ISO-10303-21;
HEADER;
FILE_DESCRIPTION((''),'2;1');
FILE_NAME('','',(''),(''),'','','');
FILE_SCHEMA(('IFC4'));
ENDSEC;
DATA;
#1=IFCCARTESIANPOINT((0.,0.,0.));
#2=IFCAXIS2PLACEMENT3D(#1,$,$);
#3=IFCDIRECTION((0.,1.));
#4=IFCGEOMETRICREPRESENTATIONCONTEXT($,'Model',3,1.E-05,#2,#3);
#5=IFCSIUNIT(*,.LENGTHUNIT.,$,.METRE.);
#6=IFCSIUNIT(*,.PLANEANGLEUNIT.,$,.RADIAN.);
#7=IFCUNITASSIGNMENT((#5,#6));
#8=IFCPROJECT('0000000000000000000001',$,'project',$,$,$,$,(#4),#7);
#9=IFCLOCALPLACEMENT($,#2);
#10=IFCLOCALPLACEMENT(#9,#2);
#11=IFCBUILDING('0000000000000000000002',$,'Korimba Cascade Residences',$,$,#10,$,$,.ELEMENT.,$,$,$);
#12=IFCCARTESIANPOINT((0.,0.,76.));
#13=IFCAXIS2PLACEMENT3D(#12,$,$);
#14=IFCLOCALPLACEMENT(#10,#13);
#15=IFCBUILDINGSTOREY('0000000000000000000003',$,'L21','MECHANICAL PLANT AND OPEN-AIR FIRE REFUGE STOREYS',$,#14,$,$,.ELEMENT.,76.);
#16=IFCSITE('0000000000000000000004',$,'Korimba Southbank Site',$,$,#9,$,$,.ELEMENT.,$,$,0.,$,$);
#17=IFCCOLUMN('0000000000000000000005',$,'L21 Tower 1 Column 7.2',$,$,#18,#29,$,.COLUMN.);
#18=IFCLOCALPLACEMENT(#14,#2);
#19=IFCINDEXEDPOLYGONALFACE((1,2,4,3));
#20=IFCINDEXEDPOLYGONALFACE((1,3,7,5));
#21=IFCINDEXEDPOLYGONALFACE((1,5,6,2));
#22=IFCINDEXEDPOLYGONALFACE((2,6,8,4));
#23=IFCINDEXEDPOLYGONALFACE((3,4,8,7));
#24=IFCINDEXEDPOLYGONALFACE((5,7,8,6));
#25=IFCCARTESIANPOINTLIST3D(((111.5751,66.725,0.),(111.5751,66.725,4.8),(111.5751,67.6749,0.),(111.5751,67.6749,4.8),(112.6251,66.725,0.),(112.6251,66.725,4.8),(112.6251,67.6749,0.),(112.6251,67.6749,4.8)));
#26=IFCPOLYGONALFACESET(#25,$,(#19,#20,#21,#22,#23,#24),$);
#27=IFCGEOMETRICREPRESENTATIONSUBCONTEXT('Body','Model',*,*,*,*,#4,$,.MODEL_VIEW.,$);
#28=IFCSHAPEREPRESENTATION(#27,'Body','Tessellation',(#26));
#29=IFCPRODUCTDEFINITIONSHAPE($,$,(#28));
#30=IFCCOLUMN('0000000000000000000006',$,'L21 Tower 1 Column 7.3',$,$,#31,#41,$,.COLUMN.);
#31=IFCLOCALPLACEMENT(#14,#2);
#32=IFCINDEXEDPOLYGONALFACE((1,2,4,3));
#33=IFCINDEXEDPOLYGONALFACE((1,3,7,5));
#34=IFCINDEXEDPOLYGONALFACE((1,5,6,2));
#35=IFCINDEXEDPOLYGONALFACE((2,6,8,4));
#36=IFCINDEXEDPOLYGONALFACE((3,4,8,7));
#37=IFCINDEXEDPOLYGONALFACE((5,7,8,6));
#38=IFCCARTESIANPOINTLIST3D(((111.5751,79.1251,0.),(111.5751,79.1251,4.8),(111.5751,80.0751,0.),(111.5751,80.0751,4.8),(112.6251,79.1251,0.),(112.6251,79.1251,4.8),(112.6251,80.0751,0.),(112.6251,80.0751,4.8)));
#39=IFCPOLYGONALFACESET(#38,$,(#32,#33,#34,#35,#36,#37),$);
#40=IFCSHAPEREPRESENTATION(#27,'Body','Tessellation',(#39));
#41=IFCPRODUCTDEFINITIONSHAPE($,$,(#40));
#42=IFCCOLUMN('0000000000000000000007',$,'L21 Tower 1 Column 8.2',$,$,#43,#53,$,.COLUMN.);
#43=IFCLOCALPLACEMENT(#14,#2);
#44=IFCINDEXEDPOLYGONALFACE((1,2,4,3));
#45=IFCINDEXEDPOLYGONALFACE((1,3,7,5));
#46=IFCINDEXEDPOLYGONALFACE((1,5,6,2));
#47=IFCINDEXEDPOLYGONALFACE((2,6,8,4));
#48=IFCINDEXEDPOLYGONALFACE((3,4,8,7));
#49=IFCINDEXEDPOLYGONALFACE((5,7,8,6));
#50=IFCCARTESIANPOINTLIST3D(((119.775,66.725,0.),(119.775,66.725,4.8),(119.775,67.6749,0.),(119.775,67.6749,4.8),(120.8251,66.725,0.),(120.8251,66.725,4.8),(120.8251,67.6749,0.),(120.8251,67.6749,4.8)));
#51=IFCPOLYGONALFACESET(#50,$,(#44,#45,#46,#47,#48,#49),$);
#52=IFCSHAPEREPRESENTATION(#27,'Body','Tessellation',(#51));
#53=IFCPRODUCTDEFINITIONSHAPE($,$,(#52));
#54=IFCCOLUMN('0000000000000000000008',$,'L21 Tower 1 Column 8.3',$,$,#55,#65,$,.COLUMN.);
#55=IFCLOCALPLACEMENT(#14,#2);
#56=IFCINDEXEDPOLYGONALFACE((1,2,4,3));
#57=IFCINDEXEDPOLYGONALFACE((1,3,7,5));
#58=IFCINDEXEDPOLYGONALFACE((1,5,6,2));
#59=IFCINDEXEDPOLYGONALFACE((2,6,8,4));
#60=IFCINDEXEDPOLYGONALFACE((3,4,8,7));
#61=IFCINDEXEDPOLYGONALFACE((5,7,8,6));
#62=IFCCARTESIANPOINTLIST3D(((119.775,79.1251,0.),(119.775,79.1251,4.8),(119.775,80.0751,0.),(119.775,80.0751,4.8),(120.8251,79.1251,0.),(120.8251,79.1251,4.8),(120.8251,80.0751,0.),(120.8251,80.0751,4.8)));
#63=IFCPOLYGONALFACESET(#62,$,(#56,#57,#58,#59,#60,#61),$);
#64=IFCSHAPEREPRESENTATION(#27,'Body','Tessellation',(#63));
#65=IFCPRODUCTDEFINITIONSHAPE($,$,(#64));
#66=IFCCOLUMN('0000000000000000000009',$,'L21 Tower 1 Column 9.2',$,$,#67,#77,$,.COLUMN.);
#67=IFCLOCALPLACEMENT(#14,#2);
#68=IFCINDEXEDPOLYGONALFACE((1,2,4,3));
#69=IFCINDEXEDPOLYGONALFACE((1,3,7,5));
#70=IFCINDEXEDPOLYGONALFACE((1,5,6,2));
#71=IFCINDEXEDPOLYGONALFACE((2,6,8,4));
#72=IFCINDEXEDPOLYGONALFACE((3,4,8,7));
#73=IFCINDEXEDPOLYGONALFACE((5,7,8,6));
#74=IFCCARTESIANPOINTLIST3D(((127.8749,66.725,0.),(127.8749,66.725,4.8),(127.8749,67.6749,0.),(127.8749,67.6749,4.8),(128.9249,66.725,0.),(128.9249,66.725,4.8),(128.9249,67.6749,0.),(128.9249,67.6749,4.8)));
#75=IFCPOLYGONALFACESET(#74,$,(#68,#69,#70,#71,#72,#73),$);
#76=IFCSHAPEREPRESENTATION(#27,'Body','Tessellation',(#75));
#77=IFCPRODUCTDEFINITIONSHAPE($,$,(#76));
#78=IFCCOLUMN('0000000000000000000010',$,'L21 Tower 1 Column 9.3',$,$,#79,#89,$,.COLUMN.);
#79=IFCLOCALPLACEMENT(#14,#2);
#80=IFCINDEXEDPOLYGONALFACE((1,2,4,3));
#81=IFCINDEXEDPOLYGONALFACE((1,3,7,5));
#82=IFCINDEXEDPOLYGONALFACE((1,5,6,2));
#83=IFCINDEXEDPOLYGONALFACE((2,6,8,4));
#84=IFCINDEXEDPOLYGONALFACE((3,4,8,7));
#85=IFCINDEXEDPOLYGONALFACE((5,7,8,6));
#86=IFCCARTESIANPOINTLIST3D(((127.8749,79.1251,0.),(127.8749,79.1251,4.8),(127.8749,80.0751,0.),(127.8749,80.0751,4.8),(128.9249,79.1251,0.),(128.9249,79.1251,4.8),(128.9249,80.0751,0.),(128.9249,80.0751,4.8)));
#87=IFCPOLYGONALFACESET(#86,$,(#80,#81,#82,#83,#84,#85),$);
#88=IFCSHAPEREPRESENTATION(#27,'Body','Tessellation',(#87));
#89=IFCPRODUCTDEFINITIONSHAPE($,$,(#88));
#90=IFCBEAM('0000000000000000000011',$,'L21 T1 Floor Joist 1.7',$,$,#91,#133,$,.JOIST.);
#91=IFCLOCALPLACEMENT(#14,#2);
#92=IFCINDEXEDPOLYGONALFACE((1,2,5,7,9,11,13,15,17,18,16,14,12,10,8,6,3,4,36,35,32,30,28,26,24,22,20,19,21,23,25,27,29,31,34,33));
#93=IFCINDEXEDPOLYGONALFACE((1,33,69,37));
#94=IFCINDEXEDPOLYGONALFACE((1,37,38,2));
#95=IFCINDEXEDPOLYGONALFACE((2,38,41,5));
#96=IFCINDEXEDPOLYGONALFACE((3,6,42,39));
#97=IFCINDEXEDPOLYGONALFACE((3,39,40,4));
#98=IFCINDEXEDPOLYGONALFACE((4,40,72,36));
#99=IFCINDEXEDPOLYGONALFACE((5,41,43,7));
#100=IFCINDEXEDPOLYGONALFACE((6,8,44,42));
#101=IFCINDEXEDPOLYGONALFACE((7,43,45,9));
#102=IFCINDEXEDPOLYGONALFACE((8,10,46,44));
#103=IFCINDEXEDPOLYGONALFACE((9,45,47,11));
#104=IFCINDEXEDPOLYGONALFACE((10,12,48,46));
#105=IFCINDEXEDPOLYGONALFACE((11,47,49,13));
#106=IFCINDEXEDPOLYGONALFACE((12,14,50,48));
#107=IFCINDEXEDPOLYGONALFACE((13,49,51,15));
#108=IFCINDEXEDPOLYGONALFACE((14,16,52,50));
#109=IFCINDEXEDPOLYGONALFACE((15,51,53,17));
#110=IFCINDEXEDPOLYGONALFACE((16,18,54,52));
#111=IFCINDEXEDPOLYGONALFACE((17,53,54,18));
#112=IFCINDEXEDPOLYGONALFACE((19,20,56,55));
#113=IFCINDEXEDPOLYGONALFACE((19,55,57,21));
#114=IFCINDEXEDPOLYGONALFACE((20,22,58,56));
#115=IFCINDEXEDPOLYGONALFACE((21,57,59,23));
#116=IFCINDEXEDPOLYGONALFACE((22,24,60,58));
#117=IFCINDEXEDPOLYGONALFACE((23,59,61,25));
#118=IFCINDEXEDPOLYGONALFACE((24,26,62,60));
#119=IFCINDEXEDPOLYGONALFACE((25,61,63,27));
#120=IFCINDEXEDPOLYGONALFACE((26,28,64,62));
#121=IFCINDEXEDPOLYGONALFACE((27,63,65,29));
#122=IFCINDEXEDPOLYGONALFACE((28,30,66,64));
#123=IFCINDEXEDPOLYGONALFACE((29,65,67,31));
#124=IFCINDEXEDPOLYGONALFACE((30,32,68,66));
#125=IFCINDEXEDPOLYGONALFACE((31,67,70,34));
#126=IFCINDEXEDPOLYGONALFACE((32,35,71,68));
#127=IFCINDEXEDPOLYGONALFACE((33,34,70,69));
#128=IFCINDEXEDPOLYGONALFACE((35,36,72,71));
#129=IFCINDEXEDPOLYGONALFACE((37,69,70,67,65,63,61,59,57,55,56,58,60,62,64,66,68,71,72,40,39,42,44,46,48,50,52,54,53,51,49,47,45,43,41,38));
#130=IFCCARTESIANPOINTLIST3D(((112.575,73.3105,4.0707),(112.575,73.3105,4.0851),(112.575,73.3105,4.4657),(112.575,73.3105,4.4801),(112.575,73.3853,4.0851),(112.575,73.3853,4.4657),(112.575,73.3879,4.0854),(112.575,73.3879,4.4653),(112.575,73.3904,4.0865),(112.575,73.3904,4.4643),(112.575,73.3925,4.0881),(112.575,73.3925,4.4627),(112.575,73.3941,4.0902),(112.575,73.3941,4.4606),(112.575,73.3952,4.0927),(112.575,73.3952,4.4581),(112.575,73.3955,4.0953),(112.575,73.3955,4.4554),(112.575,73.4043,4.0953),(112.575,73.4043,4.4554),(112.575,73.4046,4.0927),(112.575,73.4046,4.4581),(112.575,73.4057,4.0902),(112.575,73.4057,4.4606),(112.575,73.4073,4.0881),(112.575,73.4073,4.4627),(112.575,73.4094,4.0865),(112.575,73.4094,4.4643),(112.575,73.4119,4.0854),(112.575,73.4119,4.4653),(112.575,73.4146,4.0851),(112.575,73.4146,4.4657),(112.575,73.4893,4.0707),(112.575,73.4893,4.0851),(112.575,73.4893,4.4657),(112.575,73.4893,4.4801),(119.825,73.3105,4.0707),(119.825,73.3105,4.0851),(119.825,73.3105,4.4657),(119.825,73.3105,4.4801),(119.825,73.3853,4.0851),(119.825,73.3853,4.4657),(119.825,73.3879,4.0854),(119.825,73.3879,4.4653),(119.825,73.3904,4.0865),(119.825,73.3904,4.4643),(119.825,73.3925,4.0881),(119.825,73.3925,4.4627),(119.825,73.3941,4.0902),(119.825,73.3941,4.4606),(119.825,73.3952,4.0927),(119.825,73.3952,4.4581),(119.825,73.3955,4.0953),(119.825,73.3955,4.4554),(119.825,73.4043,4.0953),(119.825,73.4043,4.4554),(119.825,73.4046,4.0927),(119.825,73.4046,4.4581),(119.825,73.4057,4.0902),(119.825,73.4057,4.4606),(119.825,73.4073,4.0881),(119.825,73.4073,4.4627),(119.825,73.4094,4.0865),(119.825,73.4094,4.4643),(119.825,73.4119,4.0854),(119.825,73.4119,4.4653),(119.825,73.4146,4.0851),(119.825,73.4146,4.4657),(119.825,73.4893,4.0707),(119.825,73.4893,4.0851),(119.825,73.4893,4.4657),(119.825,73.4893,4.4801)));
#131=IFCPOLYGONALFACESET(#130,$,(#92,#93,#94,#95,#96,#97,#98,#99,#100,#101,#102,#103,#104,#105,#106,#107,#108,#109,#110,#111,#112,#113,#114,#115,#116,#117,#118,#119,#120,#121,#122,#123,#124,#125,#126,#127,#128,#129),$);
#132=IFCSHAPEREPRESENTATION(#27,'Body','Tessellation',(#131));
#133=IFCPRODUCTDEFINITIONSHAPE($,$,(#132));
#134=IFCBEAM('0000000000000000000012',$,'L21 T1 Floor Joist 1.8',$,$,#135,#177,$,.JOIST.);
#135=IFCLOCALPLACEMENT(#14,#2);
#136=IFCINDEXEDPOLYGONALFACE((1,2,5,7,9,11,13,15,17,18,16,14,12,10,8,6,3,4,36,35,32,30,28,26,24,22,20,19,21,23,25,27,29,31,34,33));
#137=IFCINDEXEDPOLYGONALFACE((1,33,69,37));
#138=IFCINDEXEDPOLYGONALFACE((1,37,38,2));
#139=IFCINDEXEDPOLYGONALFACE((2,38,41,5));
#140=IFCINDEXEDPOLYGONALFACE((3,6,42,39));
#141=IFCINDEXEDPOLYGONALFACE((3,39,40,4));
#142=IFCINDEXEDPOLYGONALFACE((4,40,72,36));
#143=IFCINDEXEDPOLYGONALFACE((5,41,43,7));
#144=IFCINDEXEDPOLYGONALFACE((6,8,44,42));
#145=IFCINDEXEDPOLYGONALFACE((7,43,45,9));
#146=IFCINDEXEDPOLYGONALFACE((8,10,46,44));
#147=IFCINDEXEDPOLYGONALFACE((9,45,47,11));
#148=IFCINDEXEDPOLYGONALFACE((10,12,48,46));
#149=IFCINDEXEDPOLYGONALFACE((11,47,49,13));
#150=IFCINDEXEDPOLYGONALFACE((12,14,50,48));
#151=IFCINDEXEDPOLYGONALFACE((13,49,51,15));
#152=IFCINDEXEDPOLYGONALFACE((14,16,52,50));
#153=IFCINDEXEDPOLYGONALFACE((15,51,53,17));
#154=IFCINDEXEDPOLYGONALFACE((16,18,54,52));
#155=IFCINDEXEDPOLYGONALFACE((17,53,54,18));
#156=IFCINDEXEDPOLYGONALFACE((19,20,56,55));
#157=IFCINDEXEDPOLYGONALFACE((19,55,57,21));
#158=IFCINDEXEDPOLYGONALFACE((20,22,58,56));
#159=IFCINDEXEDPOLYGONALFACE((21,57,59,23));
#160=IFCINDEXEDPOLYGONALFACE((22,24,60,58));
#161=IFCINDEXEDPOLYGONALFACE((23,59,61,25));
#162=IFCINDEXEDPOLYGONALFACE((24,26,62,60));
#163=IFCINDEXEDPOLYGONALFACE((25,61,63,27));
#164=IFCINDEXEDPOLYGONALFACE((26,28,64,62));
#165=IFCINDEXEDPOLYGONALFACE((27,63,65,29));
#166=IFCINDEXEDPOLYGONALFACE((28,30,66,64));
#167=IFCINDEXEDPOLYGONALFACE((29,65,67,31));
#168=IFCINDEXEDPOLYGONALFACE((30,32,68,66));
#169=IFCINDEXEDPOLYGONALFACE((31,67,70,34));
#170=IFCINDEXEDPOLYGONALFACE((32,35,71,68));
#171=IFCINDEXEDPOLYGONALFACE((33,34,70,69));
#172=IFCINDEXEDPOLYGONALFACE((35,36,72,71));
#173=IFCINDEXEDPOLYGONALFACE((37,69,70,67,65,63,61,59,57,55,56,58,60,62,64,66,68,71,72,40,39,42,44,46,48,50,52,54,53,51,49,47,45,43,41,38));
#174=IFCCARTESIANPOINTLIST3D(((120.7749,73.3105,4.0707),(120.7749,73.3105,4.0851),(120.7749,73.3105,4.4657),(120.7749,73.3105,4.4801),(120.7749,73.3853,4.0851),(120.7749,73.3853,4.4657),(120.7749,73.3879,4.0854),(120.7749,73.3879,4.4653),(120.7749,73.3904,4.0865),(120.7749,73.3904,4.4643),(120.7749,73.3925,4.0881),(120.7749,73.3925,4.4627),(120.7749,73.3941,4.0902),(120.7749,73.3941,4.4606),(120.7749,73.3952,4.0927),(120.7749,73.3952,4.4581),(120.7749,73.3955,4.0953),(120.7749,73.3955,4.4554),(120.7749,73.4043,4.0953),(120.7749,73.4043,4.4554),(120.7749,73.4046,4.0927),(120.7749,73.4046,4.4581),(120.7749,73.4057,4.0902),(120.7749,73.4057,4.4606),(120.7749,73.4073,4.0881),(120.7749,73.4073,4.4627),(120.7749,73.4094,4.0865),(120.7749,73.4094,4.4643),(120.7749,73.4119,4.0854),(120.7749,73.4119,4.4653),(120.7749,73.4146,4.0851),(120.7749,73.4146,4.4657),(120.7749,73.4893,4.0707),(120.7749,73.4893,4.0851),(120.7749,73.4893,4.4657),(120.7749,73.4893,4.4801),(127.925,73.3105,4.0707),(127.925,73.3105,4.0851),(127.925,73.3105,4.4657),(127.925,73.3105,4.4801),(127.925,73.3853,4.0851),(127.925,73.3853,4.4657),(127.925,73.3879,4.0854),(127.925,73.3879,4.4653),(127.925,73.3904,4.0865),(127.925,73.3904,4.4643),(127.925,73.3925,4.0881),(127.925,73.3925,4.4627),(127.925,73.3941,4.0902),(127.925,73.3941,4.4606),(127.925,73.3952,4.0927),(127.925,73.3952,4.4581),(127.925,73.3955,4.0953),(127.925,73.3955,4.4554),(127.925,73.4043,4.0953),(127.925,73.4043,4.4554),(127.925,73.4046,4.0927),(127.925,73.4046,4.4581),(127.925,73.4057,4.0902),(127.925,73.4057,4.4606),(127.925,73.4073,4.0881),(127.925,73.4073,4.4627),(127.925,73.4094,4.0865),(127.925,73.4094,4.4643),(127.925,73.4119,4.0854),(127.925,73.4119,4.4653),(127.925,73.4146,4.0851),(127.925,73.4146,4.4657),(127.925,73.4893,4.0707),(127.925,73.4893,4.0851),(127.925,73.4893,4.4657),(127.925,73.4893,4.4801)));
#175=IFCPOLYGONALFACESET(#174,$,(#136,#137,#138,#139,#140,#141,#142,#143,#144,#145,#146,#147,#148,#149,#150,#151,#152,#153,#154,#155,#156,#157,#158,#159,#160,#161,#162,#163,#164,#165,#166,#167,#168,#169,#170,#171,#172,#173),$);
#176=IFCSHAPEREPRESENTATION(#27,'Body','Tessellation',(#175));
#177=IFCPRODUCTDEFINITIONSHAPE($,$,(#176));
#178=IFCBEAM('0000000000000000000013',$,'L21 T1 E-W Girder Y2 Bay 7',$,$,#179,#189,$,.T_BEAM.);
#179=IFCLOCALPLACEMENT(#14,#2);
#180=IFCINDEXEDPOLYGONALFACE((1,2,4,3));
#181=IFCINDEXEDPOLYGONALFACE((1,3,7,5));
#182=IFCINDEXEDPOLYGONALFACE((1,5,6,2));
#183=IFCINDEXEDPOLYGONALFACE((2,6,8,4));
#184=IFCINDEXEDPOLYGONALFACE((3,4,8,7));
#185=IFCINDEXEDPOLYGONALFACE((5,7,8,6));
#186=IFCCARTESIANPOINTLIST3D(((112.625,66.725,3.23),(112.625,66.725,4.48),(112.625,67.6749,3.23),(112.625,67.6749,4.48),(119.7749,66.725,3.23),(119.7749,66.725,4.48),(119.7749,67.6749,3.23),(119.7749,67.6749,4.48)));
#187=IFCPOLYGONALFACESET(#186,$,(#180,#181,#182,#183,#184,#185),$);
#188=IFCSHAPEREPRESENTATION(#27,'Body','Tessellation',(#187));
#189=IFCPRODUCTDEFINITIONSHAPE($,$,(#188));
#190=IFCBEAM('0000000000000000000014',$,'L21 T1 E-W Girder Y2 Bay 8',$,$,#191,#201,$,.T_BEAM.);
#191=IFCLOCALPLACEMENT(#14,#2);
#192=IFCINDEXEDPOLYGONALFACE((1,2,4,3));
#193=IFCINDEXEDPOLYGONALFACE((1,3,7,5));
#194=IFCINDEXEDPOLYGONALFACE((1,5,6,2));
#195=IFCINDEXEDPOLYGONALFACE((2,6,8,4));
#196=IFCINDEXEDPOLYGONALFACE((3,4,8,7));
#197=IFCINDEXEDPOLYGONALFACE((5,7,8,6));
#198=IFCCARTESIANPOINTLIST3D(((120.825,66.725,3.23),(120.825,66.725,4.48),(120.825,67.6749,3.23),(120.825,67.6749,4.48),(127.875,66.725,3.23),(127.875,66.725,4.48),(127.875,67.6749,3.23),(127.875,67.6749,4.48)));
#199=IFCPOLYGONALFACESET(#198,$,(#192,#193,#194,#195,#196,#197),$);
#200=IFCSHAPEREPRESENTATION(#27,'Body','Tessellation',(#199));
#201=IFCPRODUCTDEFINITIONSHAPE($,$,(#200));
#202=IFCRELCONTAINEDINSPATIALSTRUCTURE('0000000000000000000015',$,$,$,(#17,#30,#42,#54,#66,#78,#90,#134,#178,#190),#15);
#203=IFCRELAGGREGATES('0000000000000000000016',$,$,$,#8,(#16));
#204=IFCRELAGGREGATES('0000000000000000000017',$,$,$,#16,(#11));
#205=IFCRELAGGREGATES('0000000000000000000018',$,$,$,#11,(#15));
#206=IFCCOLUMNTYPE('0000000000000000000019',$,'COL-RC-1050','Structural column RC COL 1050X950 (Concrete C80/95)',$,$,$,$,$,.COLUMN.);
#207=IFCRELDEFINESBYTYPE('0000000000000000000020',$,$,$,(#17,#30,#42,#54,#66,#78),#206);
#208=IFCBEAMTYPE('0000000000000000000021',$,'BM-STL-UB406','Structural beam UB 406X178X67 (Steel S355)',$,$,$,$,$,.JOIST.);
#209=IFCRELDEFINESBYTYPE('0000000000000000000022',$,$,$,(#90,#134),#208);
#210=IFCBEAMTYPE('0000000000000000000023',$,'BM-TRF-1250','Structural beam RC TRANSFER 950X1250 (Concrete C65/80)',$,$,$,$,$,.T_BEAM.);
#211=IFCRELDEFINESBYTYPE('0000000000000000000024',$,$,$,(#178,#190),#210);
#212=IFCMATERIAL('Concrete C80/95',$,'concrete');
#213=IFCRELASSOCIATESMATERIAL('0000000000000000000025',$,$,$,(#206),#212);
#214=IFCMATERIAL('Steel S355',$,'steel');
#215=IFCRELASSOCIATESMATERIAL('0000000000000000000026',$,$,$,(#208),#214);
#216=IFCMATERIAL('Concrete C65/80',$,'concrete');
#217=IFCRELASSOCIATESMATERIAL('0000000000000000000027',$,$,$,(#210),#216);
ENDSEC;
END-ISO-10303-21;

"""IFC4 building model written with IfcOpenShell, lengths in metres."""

from ifc_helpers import new_model, si_unit, direction, frame, origin, origin_2d, place, context, subcontext, project, spatial, rectangle, i_section, extrude, material, material_profile, profile_set, type_object, element, save


model = new_model("IFC4")

# Units and contexts
model_context = context("Model", 3, precision=1e-05, world=origin(), true_north=direction((0.0, 1.0)))
body_context = subcontext(model_context, "Body", "Model", "MODEL_VIEW")
ifc_project = project(units=[si_unit("LENGTHUNIT", "METRE"), si_unit("PLANEANGLEUNIT", "RADIAN")], contexts=[model_context])

# Site, building, storey
site_placement = place(None, origin())
site = spatial("IfcSite", under=ifc_project, at=site_placement, Name="Korimba Southbank Site", CompositionType="ELEMENT", RefElevation=0.0)
building_placement = place(site_placement, origin())
building = spatial("IfcBuilding", under=site, at=building_placement, Name="Korimba Cascade Residences", CompositionType="ELEMENT")
storey_placement = place(building_placement, frame((0.0, 0.0, 76.0)))
storey = spatial("IfcBuildingStorey", under=building, at=storey_placement, Name="L21", Description="MECHANICAL PLANT AND OPEN-AIR FIRE REFUGE STOREYS", CompositionType="ELEMENT", Elevation=76.0)

# Columns
ifc_material_1 = material(Name="Concrete C80/95", Category="concrete")
ifc_material_profile_1 = material_profile(ifc_material_1, rectangle(XDim=1.05, YDim=0.95, at=origin_2d()), Name="Concrete C80/95")
ifc_profile_set_1 = profile_set([ifc_material_profile_1], Name="Concrete C80/95")
column_type = type_object("IfcColumnType", Name="COL-RC-1050", Description="Structural column RC COL 1050X950 (Concrete C80/95)", PredefinedType="COLUMN", material=ifc_profile_set_1)
for number, where, z_axis, x_axis, name in (
    (1, (112.1001, 67.2, 0.0), (0.0, 0.0, 1.0), (1.0, 0.0, 0.0), "L21 Tower 1 Column 7.2"),
    (2, (112.1001, 79.6001, 0.0), (0.0, 0.0, 1.0), (1.0, 0.0, 0.0), "L21 Tower 1 Column 7.3"),
    (3, (120.3, 67.2, 0.0), (0.0, 0.0, 1.0), (1.0, 0.0, 0.0), "L21 Tower 1 Column 8.2"),
    (4, (120.3, 79.6001, 0.0), (0.0, 0.0, 1.0), (1.0, 0.0, 0.0), "L21 Tower 1 Column 8.3"),
    (5, (128.3999, 67.2, 0.0), (0.0, 0.0, 1.0), (1.0, 0.0, 0.0), "L21 Tower 1 Column 9.2"),
    (6, (128.3999, 79.6001, 0.0), (0.0, 0.0, 1.0), (1.0, 0.0, 0.0), "L21 Tower 1 Column 9.3"),
):
    element("IfcColumn", number, at=place(storey_placement, frame(where, z_axis=z_axis, x_axis=x_axis)), inside=storey, type_object=column_type, Name=name, PredefinedType="COLUMN", context=body_context, shape_type="SweptSolid", body=[
        extrude(rectangle(XDim=1.05, YDim=0.95, at=origin_2d()), origin(), (0.0, 0.0, 1.0), 4.8),
    ])

# Beams
ifc_material_2 = material(Name="Steel S355", Category="steel")
ifc_material_profile_2 = material_profile(ifc_material_2, i_section(OverallWidth=0.1787, OverallDepth=0.4094, WebThickness=0.0088, FlangeThickness=0.0144, FilletRadius=0.0103, at=origin_2d()), Name="Steel S355")
ifc_profile_set_2 = profile_set([ifc_material_profile_2], Name="Steel S355")
beam_type_1 = type_object("IfcBeamType", Name="BM-STL-UB406", Description="Structural beam UB 406X178X67 (Steel S355)", PredefinedType="JOIST", material=ifc_profile_set_2)
beam_1_placement = place(storey_placement, frame((112.575, 73.3999, 4.2754), z_axis=(1.0, 0.0, 0.0), x_axis=(0.0, 1.0, 0.0)))
element("IfcBeam", 7, at=beam_1_placement, inside=storey, type_object=beam_type_1, Name="L21 T1 Floor Joist 1.7", PredefinedType="JOIST", context=body_context, shape_type="SweptSolid", body=[
    extrude(i_section(OverallWidth=0.1787, OverallDepth=0.4094, WebThickness=0.0088, FlangeThickness=0.0144, FilletRadius=0.0103, at=origin_2d()), origin(), (0.0, 0.0, 1.0), 7.25),
])
beam_2_placement = place(storey_placement, frame((120.7749, 73.3999, 4.2754), z_axis=(1.0, 0.0, 0.0), x_axis=(0.0, 1.0, 0.0)))
element("IfcBeam", 8, at=beam_2_placement, inside=storey, type_object=beam_type_1, Name="L21 T1 Floor Joist 1.8", PredefinedType="JOIST", context=body_context, shape_type="SweptSolid", body=[
    extrude(i_section(OverallWidth=0.1787, OverallDepth=0.4094, WebThickness=0.0088, FlangeThickness=0.0144, FilletRadius=0.0103, at=origin_2d()), origin(), (0.0, 0.0, 1.0), 7.1501),
])
ifc_material_3 = material(Name="Concrete C65/80", Category="concrete")
ifc_material_profile_3 = material_profile(ifc_material_3, rectangle(XDim=0.95, YDim=1.25, at=origin_2d()), Name="Concrete C65/80")
ifc_profile_set_3 = profile_set([ifc_material_profile_3], Name="Concrete C65/80")
beam_type_2 = type_object("IfcBeamType", Name="BM-TRF-1250", Description="Structural beam RC TRANSFER 950X1250 (Concrete C65/80)", PredefinedType="T_BEAM", material=ifc_profile_set_3)
beam_3_placement = place(storey_placement, frame((112.625, 67.2, 3.855), z_axis=(1.0, 0.0, 0.0), x_axis=(0.0, 1.0, 0.0)))
element("IfcBeam", 9, at=beam_3_placement, inside=storey, type_object=beam_type_2, Name="L21 T1 E-W Girder Y2 Bay 7", PredefinedType="T_BEAM", context=body_context, shape_type="SweptSolid", body=[
    extrude(rectangle(XDim=0.95, YDim=1.25, at=origin_2d()), origin(), (0.0, 0.0, 1.0), 7.1499),
])
beam_4_placement = place(storey_placement, frame((120.825, 67.2, 3.855), z_axis=(1.0, 0.0, 0.0), x_axis=(0.0, 1.0, 0.0)))
element("IfcBeam", 10, at=beam_4_placement, inside=storey, type_object=beam_type_2, Name="L21 T1 E-W Girder Y2 Bay 8", PredefinedType="T_BEAM", context=body_context, shape_type="SweptSolid", body=[
    extrude(rectangle(XDim=0.95, YDim=1.25, at=origin_2d()), origin(), (0.0, 0.0, 1.0), 7.05),
])

save(model, "model.ifc")
